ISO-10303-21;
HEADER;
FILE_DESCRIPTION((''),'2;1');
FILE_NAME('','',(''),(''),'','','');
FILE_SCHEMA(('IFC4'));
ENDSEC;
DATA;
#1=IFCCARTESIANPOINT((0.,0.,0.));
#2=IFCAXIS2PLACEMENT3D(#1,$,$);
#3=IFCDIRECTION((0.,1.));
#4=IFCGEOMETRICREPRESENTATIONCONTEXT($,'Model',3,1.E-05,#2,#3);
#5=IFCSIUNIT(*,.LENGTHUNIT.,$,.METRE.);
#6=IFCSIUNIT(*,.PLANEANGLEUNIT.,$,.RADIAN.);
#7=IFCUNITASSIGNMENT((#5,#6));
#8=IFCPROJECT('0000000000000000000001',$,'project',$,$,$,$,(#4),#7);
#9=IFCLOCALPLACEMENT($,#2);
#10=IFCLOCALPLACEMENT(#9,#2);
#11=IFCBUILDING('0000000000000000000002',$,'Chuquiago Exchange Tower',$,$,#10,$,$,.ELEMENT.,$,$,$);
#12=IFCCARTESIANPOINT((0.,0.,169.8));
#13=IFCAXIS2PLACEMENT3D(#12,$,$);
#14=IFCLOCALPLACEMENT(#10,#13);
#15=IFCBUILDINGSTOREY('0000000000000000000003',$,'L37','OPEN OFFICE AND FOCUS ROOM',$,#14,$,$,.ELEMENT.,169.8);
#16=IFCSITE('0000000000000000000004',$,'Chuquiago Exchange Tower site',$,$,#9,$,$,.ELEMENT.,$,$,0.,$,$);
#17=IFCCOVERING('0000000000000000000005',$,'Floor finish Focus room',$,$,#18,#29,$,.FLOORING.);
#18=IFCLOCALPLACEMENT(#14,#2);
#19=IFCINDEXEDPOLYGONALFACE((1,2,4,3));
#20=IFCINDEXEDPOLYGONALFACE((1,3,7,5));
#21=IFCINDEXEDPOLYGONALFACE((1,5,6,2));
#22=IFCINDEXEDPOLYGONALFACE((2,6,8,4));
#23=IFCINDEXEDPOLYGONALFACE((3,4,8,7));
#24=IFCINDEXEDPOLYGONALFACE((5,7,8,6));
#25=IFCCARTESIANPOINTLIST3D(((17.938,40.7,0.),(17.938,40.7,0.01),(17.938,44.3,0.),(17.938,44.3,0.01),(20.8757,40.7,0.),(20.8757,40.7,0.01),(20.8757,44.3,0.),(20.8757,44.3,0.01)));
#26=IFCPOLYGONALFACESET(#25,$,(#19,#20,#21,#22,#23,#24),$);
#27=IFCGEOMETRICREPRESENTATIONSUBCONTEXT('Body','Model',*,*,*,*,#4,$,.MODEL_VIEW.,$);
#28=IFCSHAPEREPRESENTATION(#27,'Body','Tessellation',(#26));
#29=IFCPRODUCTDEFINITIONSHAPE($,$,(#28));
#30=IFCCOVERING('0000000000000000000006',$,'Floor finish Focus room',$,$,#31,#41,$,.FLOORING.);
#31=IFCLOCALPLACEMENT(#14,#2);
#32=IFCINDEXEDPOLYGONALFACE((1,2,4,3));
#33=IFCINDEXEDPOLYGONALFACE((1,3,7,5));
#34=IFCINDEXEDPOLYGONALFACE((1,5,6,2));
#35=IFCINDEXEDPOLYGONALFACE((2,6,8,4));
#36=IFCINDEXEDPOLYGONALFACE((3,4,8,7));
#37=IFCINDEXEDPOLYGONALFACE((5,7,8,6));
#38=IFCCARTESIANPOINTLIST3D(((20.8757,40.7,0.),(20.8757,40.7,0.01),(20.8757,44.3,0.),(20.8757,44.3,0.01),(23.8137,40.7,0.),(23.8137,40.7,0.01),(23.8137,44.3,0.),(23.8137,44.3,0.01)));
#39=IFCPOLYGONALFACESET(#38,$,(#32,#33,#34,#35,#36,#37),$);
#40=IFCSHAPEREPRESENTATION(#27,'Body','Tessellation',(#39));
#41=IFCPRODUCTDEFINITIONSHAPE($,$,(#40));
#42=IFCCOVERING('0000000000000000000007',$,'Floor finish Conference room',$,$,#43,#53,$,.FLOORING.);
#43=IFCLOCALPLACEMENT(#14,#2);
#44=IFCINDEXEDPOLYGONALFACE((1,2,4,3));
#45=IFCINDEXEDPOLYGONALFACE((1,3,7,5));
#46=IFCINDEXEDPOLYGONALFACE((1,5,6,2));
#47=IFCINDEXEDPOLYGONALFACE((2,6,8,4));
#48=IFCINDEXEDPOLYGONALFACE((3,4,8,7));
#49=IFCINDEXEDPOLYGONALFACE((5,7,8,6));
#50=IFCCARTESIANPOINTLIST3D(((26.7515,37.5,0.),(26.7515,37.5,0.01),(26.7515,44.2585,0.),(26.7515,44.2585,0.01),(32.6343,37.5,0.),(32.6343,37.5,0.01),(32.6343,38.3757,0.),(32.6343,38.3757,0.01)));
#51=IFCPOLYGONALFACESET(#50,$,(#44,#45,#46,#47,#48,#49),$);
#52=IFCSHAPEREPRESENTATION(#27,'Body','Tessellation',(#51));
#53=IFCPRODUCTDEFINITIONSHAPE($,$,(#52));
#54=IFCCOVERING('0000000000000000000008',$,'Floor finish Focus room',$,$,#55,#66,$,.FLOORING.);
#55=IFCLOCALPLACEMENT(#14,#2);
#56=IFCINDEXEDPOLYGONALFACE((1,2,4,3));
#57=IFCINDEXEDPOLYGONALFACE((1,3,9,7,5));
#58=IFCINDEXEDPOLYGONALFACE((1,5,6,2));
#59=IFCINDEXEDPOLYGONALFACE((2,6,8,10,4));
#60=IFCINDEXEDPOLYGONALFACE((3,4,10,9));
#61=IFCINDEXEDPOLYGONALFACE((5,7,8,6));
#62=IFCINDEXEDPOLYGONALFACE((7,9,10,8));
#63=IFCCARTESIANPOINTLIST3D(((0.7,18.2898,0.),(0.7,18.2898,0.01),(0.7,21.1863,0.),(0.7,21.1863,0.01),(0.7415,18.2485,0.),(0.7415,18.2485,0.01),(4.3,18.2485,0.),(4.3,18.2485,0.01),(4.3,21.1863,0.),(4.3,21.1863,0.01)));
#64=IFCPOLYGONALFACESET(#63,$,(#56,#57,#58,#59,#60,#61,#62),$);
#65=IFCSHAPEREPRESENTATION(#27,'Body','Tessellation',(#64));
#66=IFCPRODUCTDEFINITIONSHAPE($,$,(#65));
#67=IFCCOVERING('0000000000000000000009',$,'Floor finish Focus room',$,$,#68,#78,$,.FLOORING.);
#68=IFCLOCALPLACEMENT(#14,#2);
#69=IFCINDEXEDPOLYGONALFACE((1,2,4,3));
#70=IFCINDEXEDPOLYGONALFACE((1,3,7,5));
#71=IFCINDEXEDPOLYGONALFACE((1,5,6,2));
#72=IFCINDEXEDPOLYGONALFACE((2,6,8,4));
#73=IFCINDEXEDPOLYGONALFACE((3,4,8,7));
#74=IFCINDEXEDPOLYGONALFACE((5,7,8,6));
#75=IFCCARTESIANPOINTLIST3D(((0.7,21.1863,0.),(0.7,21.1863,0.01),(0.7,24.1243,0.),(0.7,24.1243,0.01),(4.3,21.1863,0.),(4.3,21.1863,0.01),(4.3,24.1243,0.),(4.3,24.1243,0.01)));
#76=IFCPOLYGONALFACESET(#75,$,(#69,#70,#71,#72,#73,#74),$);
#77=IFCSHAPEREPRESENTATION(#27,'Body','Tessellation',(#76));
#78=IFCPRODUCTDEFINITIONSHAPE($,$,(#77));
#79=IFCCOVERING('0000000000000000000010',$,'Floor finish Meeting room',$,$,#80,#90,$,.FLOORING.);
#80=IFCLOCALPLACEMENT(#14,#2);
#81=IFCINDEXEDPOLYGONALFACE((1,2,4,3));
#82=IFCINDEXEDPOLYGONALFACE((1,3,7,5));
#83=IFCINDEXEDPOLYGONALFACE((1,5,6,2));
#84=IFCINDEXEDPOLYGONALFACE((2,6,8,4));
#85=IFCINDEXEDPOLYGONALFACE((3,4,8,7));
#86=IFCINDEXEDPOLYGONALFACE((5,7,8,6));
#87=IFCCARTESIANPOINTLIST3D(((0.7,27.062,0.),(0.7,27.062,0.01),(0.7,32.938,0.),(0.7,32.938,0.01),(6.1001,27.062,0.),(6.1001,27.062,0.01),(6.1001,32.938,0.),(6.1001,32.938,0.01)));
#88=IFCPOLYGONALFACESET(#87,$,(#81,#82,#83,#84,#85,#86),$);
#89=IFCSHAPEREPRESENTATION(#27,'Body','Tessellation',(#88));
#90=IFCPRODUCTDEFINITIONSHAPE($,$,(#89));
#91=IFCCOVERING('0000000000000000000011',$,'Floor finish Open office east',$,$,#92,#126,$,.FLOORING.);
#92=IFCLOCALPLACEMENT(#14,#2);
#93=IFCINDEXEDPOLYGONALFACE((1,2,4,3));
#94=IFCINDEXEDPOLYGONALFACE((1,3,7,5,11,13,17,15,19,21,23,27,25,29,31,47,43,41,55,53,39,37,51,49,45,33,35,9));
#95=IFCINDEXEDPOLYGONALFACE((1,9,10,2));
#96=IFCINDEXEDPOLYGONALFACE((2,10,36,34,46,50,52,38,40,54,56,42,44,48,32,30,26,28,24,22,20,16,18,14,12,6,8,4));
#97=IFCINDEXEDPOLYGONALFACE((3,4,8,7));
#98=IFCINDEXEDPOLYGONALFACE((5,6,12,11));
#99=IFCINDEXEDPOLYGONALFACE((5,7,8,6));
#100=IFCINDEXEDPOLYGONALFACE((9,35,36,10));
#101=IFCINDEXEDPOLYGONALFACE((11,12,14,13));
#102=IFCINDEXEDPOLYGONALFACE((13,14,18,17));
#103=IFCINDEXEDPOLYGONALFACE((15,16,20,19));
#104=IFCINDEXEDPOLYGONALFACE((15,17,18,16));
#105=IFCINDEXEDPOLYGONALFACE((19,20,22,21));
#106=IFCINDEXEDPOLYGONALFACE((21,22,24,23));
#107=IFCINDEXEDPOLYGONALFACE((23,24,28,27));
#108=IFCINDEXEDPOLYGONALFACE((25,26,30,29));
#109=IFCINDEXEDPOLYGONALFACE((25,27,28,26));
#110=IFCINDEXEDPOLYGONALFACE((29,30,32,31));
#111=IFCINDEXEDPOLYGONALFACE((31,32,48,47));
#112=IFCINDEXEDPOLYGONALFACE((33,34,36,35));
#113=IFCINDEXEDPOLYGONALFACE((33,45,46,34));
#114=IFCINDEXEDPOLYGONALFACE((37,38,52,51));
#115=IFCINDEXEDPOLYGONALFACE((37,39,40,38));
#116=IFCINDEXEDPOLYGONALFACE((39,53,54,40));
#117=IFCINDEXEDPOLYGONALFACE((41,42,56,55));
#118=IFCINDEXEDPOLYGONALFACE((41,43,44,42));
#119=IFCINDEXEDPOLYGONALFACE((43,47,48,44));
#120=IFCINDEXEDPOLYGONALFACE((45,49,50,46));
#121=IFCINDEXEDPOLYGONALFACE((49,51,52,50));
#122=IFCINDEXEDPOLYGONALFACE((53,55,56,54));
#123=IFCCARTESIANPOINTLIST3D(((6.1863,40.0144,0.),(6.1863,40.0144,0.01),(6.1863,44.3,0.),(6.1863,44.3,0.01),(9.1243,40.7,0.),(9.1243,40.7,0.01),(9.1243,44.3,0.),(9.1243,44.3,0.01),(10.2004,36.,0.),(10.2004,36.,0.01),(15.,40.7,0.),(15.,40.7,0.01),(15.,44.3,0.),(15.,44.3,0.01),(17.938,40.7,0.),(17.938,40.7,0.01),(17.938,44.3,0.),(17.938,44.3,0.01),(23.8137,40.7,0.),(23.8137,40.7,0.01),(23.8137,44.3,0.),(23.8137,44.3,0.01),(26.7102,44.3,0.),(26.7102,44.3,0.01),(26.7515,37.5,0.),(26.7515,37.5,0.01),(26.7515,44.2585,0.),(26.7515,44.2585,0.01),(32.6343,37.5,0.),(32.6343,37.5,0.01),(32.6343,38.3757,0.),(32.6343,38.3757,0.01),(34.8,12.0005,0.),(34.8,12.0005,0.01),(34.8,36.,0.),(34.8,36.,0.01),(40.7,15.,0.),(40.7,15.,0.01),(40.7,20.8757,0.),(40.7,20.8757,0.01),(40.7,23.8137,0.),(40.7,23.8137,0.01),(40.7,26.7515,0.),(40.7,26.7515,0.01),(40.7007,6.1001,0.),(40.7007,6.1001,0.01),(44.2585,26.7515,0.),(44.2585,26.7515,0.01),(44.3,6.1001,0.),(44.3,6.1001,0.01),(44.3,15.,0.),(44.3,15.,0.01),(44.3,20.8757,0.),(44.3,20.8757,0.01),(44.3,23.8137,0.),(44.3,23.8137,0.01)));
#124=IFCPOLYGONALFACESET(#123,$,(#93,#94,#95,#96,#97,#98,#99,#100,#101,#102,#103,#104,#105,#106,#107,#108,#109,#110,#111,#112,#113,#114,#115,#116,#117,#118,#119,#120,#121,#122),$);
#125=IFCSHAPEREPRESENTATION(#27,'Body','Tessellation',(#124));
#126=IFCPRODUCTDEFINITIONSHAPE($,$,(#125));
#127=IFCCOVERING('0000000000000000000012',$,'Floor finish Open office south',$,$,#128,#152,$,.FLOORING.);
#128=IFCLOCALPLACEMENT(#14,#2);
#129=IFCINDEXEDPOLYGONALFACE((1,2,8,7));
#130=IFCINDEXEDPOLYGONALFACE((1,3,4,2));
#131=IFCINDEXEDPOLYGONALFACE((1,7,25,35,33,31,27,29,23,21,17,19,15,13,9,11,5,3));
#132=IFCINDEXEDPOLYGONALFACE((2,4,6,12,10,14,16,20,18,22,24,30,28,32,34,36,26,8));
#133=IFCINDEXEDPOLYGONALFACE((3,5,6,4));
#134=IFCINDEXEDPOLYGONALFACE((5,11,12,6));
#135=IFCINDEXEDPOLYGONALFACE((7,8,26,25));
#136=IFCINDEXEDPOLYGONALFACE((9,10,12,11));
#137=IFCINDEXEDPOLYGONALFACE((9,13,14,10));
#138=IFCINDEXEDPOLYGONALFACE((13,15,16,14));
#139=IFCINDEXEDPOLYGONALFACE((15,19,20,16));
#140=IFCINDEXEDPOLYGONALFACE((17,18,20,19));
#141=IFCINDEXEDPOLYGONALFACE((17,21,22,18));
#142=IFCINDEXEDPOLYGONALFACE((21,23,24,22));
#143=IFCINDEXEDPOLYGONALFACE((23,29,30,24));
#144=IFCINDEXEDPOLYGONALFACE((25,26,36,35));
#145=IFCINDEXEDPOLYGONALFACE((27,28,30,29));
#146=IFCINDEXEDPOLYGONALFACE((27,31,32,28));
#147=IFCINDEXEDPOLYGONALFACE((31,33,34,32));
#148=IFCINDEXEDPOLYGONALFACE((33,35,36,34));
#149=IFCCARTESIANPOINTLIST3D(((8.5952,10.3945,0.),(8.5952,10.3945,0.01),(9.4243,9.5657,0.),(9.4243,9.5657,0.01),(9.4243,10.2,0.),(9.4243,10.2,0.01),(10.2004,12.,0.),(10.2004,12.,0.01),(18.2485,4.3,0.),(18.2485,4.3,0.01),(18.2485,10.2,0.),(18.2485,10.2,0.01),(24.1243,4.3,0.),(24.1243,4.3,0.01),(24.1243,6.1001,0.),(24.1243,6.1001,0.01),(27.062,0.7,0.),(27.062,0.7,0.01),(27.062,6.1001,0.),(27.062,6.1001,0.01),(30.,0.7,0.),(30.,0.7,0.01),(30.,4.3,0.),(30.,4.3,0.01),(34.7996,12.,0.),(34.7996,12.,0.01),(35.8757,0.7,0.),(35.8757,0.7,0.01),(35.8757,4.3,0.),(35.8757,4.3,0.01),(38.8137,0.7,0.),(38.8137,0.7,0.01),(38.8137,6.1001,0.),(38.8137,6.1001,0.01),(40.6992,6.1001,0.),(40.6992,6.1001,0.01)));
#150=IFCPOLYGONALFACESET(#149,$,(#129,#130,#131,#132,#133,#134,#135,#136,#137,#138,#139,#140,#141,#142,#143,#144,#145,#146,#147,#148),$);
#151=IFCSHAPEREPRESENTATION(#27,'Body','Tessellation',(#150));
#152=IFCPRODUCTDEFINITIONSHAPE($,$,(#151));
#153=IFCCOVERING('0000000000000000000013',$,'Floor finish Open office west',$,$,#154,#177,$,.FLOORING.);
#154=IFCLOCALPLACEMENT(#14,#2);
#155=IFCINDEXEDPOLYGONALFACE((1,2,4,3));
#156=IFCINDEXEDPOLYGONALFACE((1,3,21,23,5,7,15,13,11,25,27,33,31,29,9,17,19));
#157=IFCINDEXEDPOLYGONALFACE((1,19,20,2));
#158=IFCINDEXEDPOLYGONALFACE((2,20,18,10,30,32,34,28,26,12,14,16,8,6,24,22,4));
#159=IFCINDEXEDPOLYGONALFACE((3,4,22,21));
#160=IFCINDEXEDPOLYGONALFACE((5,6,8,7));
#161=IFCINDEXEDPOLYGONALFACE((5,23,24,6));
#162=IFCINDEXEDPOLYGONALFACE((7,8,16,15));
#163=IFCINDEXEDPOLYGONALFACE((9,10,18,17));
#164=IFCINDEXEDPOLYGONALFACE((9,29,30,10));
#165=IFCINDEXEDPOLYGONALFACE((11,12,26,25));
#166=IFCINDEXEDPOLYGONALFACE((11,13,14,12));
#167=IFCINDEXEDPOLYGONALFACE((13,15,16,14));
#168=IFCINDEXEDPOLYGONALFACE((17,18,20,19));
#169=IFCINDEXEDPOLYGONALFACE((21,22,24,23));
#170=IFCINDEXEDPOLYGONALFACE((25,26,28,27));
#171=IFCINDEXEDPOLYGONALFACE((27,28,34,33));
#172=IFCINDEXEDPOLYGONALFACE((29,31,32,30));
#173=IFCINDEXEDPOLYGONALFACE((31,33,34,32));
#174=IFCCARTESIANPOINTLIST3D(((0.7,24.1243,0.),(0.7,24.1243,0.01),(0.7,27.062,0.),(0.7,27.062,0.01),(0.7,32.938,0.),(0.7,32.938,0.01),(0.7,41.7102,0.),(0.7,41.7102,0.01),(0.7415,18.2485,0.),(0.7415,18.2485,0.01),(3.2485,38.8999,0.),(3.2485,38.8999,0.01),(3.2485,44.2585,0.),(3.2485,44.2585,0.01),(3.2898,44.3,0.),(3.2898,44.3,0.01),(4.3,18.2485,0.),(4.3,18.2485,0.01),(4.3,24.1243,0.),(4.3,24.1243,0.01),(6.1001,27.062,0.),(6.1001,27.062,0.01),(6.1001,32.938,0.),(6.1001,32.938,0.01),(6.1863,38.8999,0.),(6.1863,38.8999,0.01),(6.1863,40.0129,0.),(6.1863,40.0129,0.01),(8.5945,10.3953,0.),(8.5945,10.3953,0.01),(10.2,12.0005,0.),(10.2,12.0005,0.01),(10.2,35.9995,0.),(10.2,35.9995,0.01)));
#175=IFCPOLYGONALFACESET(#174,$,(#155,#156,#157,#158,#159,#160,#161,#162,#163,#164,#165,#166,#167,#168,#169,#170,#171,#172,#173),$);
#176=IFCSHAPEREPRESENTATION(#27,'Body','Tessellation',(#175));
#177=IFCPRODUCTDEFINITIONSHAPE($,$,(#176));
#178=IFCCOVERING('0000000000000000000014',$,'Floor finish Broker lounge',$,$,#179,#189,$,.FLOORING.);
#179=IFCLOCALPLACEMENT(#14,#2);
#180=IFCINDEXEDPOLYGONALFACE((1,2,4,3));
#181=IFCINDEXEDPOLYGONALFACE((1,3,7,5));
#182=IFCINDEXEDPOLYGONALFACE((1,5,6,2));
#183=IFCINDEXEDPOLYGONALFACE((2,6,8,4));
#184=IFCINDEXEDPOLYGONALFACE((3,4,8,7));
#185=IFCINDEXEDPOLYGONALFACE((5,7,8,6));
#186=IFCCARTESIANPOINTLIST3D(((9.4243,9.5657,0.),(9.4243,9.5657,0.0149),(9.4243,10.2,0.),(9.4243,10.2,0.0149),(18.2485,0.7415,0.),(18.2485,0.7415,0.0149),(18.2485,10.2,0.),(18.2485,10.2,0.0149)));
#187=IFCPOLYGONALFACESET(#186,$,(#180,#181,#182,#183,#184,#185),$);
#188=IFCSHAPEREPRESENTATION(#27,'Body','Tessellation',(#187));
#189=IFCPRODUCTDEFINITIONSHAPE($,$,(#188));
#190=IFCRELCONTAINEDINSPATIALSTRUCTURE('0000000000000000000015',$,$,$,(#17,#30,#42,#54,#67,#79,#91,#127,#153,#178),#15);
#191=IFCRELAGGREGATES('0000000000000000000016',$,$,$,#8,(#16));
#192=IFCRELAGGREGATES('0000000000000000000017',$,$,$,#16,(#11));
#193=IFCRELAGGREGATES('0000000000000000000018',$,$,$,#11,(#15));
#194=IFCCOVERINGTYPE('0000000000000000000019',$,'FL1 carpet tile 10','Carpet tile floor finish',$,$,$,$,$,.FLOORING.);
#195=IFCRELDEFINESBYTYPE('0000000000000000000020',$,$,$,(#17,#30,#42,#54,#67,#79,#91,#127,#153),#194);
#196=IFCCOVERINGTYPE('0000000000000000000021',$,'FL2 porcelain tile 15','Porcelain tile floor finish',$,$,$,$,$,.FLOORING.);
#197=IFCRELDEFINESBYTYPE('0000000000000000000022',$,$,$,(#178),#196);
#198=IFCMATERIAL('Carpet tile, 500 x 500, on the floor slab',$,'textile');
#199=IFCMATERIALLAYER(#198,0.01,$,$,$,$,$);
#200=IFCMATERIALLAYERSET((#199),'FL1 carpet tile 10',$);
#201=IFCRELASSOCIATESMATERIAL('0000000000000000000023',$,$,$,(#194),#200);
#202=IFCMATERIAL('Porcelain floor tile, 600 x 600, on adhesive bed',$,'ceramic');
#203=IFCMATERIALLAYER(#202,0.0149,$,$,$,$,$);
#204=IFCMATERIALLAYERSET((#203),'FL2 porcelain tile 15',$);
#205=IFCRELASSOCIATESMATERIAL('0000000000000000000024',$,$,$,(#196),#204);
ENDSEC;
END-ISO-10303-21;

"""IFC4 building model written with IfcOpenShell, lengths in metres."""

from ifc_helpers import new_model, si_unit, direction, frame, origin, place, context, subcontext, project, spatial, polyline, outline, extrude, material, layer, layer_set, type_object, element, save


model = new_model("IFC4")

# Units and contexts
model_context = context("Model", 3, precision=1e-05, world=origin(), true_north=direction((0.0, 1.0)))
body_context = subcontext(model_context, "Body", "Model", "MODEL_VIEW")
ifc_project = project(units=[si_unit("LENGTHUNIT", "METRE"), si_unit("PLANEANGLEUNIT", "RADIAN")], contexts=[model_context])

# Site, building, storey
site_placement = place(None, origin())
site = spatial("IfcSite", under=ifc_project, at=site_placement, Name="Chuquiago Exchange Tower site", CompositionType="ELEMENT", RefElevation=0.0)
building_placement = place(site_placement, origin())
building = spatial("IfcBuilding", under=site, at=building_placement, Name="Chuquiago Exchange Tower", CompositionType="ELEMENT")
storey_placement = place(building_placement, frame((0.0, 0.0, 169.8)))
storey = spatial("IfcBuildingStorey", under=building, at=storey_placement, Name="L37", Description="OPEN OFFICE AND FOCUS ROOM", CompositionType="ELEMENT", Elevation=169.8)

# Coverings
ifc_material_1 = material(Name="Carpet tile, 500 x 500, on the floor slab", Category="textile")
ifc_layer_1 = layer(ifc_material_1, 0.01)
ifc_layer_set_1 = layer_set([ifc_layer_1], Name="FL1 carpet tile 10")
covering_type_1 = type_object("IfcCoveringType", Name="FL1 carpet tile 10", Description="Carpet tile floor finish", PredefinedType="FLOORING", material=ifc_layer_set_1)
covering_1_placement = place(storey_placement, origin())
element("IfcCovering", 1, at=covering_1_placement, inside=storey, type_object=covering_type_1, Name="Floor finish Focus room", PredefinedType="FLOORING", context=body_context, shape_type="SweptSolid", body=[
    extrude(outline(polyline([(20.8757, 44.3), (20.8757, 40.7), (17.938, 40.7), (17.938, 44.3), (20.8757, 44.3)])), origin(), (0.0, 0.0, 1.0), 0.01),
])
covering_2_placement = place(storey_placement, origin())
element("IfcCovering", 2, at=covering_2_placement, inside=storey, type_object=covering_type_1, Name="Floor finish Focus room", PredefinedType="FLOORING", context=body_context, shape_type="SweptSolid", body=[
    extrude(outline(polyline([(23.8137, 44.3), (23.8137, 40.7), (20.8757, 40.7), (20.8757, 44.3), (23.8137, 44.3)])), origin(), (0.0, 0.0, 1.0), 0.01),
])
covering_3_placement = place(storey_placement, origin())
element("IfcCovering", 3, at=covering_3_placement, inside=storey, type_object=covering_type_1, Name="Floor finish Conference room", PredefinedType="FLOORING", context=body_context, shape_type="SweptSolid", body=[
    extrude(outline(polyline([(32.6343, 38.3757), (32.6343, 37.5), (26.7515, 37.5), (26.7515, 44.2585), (32.6343, 38.3757)])), origin(), (0.0, 0.0, 1.0), 0.01),
])
covering_4_placement = place(storey_placement, origin())
element("IfcCovering", 4, at=covering_4_placement, inside=storey, type_object=covering_type_1, Name="Floor finish Focus room", PredefinedType="FLOORING", context=body_context, shape_type="SweptSolid", body=[
    extrude(outline(polyline([(0.7, 21.1863), (4.3, 21.1863), (4.3, 18.2485), (0.7415, 18.2485), (0.7, 18.2898), (0.7, 21.1863)])), origin(), (0.0, 0.0, 1.0), 0.01),
])
covering_5_placement = place(storey_placement, origin())
element("IfcCovering", 5, at=covering_5_placement, inside=storey, type_object=covering_type_1, Name="Floor finish Focus room", PredefinedType="FLOORING", context=body_context, shape_type="SweptSolid", body=[
    extrude(outline(polyline([(0.7, 24.1243), (4.3, 24.1243), (4.3, 21.1863), (0.7, 21.1863), (0.7, 24.1243)])), origin(), (0.0, 0.0, 1.0), 0.01),
])
covering_6_placement = place(storey_placement, origin())
element("IfcCovering", 6, at=covering_6_placement, inside=storey, type_object=covering_type_1, Name="Floor finish Meeting room", PredefinedType="FLOORING", context=body_context, shape_type="SweptSolid", body=[
    extrude(outline(polyline([(0.7, 32.938), (6.1001, 32.938), (6.1001, 27.062), (0.7, 27.062), (0.7, 32.938)])), origin(), (0.0, 0.0, 1.0), 0.01),
])
covering_7_placement = place(storey_placement, origin())
element("IfcCovering", 7, at=covering_7_placement, inside=storey, type_object=covering_type_1, Name="Floor finish Open office east", PredefinedType="FLOORING", context=body_context, shape_type="SweptSolid", body=[
    extrude(outline(polyline([(6.1863, 44.3), (9.1243, 44.3), (9.1243, 40.7), (15.0, 40.7), (15.0, 44.3), (17.938, 44.3), (17.938, 40.7), (23.8137, 40.7), (23.8137, 44.3), (26.7102, 44.3), (26.7515, 44.2585), (26.7515, 37.5), (32.6343, 37.5), (32.6343, 38.3757), (44.2585, 26.7515), (40.7, 26.7515), (40.7, 23.8137), (44.3, 23.8137), (44.3, 20.8757), (40.7, 20.8757), (40.7, 15.0), (44.3, 15.0), (44.3, 6.1001), (40.7007, 6.1001), (34.8, 12.0005), (34.8, 36.0), (10.2004, 36.0), (6.1863, 40.0144), (6.1863, 44.3)])), origin(), (0.0, 0.0, 1.0), 0.01),
])
covering_8_placement = place(storey_placement, origin())
element("IfcCovering", 8, at=covering_8_placement, inside=storey, type_object=covering_type_1, Name="Floor finish Open office south", PredefinedType="FLOORING", context=body_context, shape_type="SweptSolid", body=[
    extrude(outline(polyline([(38.8137, 6.1001), (38.8137, 0.7), (35.8757, 0.7), (35.8757, 4.3), (30.0, 4.3), (30.0, 0.7), (27.062, 0.7), (27.062, 6.1001), (24.1243, 6.1001), (24.1243, 4.3), (18.2485, 4.3), (18.2485, 10.2), (9.4243, 10.2), (9.4243, 9.5657), (8.5952, 10.3945), (10.2004, 12.0), (34.7996, 12.0), (40.6992, 6.1001), (38.8137, 6.1001)])), origin(), (0.0, 0.0, 1.0), 0.01),
])
covering_9_placement = place(storey_placement, origin())
element("IfcCovering", 9, at=covering_9_placement, inside=storey, type_object=covering_type_1, Name="Floor finish Open office west", PredefinedType="FLOORING", context=body_context, shape_type="SweptSolid", body=[
    extrude(outline(polyline([(6.1001, 32.938), (0.7, 32.938), (0.7, 41.7102), (3.2898, 44.3), (3.2485, 44.2585), (3.2485, 38.8999), (6.1863, 38.8999), (6.1863, 40.0129), (10.2, 35.9995), (10.2, 12.0005), (8.5945, 10.3953), (0.7415, 18.2485), (4.3, 18.2485), (4.3, 24.1243), (0.7, 24.1243), (0.7, 27.062), (6.1001, 27.062), (6.1001, 32.938)])), origin(), (0.0, 0.0, 1.0), 0.01),
])
ifc_material_2 = material(Name="Porcelain floor tile, 600 x 600, on adhesive bed", Category="ceramic")
ifc_layer_2 = layer(ifc_material_2, 0.0149)
ifc_layer_set_2 = layer_set([ifc_layer_2], Name="FL2 porcelain tile 15")
covering_type_2 = type_object("IfcCoveringType", Name="FL2 porcelain tile 15", Description="Porcelain tile floor finish", PredefinedType="FLOORING", material=ifc_layer_set_2)
covering_10_placement = place(storey_placement, origin())
element("IfcCovering", 10, at=covering_10_placement, inside=storey, type_object=covering_type_2, Name="Floor finish Broker lounge", PredefinedType="FLOORING", context=body_context, shape_type="SweptSolid", body=[
    extrude(outline(polyline([(9.4243, 9.5657), (9.4243, 10.2), (18.2485, 10.2), (18.2485, 0.7415), (9.4243, 9.5657)])), origin(), (0.0, 0.0, 1.0), 0.0149),
])

save(model, "model.ifc")
